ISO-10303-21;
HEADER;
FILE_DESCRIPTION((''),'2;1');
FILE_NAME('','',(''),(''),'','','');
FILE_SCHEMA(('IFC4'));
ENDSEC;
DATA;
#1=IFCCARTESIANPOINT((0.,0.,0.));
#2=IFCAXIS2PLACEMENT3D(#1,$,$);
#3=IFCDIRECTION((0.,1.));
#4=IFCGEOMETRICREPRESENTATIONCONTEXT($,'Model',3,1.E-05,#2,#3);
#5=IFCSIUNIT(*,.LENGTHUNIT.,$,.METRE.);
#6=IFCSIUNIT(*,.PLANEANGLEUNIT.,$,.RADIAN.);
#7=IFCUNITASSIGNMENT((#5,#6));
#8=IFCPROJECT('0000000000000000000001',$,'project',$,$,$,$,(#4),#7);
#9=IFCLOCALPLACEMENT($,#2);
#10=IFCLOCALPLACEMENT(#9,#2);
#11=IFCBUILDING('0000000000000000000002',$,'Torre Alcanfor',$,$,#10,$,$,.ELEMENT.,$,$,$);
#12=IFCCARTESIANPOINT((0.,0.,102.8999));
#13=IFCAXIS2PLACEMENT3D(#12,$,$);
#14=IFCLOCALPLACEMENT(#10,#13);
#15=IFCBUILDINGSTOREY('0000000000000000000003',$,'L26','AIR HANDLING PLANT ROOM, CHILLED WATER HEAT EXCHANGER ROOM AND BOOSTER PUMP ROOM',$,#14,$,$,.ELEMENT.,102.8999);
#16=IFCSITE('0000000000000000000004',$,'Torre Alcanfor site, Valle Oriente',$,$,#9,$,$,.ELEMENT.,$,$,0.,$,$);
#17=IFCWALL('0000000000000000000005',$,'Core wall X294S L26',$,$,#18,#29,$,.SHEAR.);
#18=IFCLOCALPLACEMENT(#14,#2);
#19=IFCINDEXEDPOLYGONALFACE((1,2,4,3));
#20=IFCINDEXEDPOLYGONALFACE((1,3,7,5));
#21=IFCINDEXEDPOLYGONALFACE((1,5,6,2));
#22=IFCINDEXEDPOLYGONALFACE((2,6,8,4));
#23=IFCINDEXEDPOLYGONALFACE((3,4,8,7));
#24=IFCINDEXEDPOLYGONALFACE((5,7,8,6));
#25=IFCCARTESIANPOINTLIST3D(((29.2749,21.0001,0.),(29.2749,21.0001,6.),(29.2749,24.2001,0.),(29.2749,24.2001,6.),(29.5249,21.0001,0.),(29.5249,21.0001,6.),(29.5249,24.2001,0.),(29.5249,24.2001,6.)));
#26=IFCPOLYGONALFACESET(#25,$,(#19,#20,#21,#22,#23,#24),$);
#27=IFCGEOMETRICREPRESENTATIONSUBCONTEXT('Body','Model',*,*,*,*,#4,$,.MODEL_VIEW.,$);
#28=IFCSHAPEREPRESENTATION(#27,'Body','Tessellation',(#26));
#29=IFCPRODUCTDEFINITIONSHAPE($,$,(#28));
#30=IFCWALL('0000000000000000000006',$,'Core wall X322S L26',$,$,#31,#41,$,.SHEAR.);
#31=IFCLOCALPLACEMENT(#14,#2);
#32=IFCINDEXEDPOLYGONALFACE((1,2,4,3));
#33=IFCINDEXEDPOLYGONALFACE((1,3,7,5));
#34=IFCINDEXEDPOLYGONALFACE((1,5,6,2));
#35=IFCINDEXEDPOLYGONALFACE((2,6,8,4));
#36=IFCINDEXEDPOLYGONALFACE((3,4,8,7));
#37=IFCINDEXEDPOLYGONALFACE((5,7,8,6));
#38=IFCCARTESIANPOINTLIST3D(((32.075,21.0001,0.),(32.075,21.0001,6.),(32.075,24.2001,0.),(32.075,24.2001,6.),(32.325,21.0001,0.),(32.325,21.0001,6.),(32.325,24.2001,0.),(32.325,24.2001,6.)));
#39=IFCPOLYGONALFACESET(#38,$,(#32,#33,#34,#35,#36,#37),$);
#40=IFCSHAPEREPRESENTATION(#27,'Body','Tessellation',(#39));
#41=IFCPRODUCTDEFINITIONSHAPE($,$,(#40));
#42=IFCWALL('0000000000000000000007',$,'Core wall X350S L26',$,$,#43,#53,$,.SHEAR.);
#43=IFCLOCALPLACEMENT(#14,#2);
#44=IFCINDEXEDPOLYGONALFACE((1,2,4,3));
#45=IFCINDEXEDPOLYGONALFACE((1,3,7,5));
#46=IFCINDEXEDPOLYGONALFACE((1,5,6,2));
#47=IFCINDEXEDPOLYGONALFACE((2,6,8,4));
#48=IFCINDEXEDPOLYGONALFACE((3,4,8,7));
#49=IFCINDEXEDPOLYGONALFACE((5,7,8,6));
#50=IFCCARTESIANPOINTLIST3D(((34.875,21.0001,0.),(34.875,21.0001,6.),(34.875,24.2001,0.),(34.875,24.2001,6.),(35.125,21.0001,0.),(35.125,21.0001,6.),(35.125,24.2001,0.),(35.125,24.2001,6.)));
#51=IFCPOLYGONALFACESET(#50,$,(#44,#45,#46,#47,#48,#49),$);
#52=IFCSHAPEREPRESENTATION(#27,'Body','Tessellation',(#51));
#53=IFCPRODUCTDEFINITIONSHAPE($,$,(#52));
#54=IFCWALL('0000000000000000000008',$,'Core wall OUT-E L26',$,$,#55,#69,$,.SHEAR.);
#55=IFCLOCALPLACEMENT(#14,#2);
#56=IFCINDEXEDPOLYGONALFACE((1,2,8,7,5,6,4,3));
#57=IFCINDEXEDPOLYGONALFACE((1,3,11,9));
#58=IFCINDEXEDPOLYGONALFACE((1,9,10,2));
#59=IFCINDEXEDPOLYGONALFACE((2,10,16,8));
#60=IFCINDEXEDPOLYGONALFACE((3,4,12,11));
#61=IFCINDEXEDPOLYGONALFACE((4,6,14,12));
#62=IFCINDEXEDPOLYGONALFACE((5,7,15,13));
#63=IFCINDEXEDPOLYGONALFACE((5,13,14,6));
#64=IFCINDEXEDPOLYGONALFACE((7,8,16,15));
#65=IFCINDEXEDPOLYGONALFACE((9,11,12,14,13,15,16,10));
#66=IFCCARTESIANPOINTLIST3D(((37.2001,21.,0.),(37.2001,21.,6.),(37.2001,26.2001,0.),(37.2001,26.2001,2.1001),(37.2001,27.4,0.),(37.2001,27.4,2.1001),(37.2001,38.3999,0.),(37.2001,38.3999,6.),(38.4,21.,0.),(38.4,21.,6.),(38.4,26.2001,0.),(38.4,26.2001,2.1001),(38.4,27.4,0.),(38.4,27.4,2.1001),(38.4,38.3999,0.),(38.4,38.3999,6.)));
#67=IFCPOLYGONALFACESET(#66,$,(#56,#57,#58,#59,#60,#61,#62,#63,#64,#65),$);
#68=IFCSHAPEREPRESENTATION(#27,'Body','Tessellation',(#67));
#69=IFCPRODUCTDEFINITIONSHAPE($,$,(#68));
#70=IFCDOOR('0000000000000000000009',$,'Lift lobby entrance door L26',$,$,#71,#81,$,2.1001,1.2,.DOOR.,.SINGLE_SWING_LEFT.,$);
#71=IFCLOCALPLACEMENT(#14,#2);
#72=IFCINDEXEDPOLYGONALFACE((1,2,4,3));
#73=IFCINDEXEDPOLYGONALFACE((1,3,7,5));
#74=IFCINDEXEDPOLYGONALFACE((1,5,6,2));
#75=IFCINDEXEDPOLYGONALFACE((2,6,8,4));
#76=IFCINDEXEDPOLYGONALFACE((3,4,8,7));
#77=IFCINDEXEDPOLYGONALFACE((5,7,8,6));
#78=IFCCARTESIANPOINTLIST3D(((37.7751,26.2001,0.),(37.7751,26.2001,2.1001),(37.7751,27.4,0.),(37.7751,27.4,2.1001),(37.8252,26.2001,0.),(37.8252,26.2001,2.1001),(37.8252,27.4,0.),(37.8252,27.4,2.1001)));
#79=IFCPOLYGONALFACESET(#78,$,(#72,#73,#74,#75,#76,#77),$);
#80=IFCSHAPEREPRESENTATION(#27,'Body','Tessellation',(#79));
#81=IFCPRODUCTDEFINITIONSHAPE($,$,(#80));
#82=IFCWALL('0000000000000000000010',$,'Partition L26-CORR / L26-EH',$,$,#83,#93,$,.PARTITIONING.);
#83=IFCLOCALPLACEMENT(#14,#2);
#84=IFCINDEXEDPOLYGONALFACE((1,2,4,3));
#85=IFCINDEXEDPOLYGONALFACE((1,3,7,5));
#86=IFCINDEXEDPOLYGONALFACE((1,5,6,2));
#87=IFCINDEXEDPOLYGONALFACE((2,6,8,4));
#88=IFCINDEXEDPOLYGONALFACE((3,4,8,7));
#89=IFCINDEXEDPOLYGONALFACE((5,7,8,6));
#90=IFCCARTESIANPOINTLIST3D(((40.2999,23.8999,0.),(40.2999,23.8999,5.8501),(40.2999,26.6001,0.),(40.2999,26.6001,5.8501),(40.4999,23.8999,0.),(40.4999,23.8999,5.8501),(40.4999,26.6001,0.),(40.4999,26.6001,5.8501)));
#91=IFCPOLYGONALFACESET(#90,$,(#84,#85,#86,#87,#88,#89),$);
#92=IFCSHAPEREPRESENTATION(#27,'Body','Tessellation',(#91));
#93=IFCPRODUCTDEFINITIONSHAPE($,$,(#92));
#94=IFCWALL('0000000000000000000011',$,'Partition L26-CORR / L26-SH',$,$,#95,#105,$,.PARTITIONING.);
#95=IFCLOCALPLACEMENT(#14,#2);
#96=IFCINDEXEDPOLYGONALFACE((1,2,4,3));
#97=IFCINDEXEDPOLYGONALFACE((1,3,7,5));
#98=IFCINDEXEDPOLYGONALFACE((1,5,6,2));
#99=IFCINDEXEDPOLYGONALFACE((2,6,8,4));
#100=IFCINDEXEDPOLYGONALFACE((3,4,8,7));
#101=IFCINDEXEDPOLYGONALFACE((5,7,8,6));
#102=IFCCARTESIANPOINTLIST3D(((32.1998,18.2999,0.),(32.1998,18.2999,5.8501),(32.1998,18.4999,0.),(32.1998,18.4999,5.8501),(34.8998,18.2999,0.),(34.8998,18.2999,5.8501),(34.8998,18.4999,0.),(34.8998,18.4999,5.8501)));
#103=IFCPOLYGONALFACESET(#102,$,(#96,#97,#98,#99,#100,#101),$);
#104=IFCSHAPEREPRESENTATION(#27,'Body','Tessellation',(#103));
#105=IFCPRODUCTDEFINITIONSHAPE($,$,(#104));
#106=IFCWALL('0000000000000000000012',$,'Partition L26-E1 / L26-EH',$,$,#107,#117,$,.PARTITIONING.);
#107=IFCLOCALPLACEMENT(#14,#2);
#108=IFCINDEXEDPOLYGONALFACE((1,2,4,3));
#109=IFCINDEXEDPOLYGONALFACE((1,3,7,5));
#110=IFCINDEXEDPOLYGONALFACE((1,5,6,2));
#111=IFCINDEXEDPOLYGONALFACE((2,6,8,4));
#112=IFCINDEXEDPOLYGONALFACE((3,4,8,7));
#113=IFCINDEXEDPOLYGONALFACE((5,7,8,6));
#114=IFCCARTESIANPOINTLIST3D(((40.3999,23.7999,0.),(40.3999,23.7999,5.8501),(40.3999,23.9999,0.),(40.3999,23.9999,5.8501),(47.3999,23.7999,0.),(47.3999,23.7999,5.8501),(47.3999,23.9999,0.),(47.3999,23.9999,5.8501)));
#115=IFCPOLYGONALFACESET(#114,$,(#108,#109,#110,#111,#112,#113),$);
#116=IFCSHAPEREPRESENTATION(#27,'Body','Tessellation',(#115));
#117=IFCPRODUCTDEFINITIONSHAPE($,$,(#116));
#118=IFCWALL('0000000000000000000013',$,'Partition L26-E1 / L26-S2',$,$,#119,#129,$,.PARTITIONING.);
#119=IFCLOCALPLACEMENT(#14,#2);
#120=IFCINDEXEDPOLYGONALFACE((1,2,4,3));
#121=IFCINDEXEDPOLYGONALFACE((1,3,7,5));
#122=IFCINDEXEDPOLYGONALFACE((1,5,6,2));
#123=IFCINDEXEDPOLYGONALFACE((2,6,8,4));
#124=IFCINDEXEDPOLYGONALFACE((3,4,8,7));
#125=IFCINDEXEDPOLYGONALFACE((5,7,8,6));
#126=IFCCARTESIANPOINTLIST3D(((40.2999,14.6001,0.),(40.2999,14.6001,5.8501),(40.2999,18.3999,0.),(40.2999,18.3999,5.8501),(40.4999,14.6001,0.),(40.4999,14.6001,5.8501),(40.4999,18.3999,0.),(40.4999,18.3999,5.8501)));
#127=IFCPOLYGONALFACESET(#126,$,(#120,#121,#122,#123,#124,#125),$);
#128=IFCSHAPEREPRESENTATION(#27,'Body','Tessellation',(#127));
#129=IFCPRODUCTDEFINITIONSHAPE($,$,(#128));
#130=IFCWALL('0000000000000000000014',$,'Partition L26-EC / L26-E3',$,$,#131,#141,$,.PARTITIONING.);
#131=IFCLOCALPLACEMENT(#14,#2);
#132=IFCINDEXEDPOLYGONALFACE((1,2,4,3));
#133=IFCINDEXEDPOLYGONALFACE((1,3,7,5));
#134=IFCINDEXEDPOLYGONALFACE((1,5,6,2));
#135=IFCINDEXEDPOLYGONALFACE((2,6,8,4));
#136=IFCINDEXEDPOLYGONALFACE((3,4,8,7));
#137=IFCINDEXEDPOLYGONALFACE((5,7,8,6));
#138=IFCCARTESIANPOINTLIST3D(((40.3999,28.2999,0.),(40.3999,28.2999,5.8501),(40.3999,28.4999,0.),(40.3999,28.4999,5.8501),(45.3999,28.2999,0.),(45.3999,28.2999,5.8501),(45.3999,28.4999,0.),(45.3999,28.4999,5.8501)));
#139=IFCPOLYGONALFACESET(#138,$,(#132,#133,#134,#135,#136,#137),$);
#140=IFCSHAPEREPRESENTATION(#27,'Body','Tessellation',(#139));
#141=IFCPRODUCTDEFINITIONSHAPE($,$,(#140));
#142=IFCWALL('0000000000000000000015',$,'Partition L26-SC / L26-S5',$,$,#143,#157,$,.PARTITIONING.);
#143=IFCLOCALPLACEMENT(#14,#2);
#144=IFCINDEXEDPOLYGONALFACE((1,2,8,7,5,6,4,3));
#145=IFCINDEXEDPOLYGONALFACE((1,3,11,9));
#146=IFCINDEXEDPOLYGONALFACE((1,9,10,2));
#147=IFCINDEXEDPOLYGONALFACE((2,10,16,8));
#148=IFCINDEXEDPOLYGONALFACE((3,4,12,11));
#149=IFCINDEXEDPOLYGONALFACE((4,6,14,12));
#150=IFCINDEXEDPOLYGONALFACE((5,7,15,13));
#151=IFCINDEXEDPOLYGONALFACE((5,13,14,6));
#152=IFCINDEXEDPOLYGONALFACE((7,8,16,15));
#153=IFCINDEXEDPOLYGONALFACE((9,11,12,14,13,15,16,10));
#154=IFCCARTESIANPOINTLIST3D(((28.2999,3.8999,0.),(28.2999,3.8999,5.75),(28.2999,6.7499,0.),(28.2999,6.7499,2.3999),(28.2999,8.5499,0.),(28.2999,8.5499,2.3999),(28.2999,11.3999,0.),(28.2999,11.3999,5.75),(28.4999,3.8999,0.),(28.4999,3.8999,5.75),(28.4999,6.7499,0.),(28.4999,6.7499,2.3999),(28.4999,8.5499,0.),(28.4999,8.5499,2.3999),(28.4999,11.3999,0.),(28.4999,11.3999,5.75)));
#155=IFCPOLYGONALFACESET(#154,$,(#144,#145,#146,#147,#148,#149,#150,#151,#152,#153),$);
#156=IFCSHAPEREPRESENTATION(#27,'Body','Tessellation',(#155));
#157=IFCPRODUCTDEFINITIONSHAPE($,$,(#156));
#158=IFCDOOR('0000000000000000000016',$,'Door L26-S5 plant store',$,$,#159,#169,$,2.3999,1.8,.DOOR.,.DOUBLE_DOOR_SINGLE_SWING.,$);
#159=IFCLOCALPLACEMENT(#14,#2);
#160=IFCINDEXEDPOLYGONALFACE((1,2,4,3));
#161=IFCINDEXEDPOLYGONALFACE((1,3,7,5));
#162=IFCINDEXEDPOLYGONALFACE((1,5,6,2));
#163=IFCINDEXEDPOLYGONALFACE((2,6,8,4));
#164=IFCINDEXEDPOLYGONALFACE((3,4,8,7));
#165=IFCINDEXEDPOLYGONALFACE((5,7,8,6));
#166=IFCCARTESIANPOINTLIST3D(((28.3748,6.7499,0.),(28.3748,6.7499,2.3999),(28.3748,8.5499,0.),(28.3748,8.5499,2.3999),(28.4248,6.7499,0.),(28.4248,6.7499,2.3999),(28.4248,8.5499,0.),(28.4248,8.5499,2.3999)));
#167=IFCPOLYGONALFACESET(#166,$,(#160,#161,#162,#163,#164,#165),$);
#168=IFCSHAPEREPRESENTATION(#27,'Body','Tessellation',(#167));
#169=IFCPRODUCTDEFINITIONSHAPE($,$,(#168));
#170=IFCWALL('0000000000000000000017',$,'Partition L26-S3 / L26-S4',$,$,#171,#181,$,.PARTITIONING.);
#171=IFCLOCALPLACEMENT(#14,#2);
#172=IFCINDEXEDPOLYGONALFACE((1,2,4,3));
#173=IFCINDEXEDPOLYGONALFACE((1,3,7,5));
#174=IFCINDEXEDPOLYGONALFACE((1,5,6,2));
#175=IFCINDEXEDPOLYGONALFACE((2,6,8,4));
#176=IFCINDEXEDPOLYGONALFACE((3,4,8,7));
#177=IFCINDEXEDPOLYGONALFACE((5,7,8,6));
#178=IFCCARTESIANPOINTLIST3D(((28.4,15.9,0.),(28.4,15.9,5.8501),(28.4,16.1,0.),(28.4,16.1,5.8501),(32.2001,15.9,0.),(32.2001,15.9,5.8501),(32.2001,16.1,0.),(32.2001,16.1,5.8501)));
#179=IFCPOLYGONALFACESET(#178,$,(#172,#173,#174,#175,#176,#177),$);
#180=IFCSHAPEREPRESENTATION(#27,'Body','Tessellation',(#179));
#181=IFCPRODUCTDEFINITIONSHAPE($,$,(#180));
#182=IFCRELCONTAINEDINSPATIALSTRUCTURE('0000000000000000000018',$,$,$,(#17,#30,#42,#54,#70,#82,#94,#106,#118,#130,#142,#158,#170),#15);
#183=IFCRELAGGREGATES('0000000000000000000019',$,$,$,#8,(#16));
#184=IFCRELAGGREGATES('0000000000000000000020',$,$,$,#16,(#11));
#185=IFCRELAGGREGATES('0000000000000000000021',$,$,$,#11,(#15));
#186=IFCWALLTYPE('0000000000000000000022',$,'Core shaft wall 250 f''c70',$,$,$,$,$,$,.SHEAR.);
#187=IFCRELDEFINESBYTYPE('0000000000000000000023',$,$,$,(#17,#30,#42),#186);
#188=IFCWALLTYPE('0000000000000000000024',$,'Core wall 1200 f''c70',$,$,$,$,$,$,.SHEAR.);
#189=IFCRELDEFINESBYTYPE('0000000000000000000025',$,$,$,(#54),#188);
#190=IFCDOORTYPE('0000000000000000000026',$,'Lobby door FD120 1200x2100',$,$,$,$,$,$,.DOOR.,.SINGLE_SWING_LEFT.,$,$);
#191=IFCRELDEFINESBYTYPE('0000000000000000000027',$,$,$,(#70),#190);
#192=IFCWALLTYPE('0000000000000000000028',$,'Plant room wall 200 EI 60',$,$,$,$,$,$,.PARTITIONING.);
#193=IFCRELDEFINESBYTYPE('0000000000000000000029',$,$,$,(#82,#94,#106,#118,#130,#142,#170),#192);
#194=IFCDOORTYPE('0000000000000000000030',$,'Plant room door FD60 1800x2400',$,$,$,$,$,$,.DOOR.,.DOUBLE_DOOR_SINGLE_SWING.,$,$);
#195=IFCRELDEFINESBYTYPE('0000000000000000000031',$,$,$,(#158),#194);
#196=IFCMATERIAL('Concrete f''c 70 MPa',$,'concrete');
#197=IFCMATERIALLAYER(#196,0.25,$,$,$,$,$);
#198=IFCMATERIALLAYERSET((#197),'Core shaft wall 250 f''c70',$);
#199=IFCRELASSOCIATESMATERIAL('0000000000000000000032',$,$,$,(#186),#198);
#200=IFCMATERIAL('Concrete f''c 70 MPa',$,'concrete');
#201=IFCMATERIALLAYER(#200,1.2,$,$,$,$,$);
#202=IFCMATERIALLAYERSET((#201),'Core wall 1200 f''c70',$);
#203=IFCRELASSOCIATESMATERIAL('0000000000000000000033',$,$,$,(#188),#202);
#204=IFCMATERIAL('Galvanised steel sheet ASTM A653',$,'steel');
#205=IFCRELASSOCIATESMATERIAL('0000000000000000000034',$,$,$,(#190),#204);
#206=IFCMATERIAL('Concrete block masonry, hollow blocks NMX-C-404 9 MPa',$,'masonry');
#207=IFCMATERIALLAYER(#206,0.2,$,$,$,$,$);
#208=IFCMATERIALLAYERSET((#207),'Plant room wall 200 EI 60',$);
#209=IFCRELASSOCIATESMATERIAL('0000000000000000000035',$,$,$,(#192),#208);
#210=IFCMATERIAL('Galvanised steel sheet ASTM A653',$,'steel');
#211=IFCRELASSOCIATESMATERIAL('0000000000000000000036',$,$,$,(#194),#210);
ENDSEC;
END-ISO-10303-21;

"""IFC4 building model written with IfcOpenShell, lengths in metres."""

from ifc_helpers import new_model, si_unit, direction, frame, frame_2d, origin, place, context, subcontext, project, spatial, rectangle, extrude, material, layer, layer_set, type_object, element, fill, save


model = new_model("IFC4")

# Units and contexts
model_context = context("Model", 3, precision=1e-05, world=origin(), true_north=direction((0.0, 1.0)))
body_context = subcontext(model_context, "Body", "Model", "MODEL_VIEW")
ifc_project = project(units=[si_unit("LENGTHUNIT", "METRE"), si_unit("PLANEANGLEUNIT", "RADIAN")], contexts=[model_context])

# Site, building, storey
site_placement = place(None, origin())
site = spatial("IfcSite", under=ifc_project, at=site_placement, Name="Torre Alcanfor site, Valle Oriente", CompositionType="ELEMENT", RefElevation=0.0)
building_placement = place(site_placement, origin())
building = spatial("IfcBuilding", under=site, at=building_placement, Name="Torre Alcanfor", CompositionType="ELEMENT")
storey_placement = place(building_placement, frame((0.0, 0.0, 102.8999)))
storey = spatial("IfcBuildingStorey", under=building, at=storey_placement, Name="L26", Description="AIR HANDLING PLANT ROOM, CHILLED WATER HEAT EXCHANGER ROOM AND BOOSTER PUMP ROOM", CompositionType="ELEMENT", Elevation=102.8999)

# Walls
ifc_material_1 = material(Name="Concrete f'c 70 MPa", Category="concrete")
ifc_layer_1 = layer(ifc_material_1, 0.25)
ifc_layer_set_1 = layer_set([ifc_layer_1], Name="Core shaft wall 250 f'c70")
wall_type_1 = type_object("IfcWallType", Name="Core shaft wall 250 f'c70", PredefinedType="SHEAR", material=ifc_layer_set_1)
for number, where, z_axis, x_axis, name in (
    (1, (29.3999, 21.0, 0.0), (0.0, 0.0, 1.0), (0.0, 1.0, 0.0), "Core wall X294S L26"),
    (2, (32.2, 21.0, 0.0), (0.0, 0.0, 1.0), (0.0, 1.0, 0.0), "Core wall X322S L26"),
    (3, (35.0, 21.0, 0.0), (0.0, 0.0, 1.0), (0.0, 1.0, 0.0), "Core wall X350S L26"),
):
    element("IfcWall", number, at=place(storey_placement, frame(where, z_axis=z_axis, x_axis=x_axis)), inside=storey, type_object=wall_type_1, Name=name, PredefinedType="SHEAR", context=body_context, shape_type="SweptSolid", body=[
        extrude(rectangle(XDim=3.2, YDim=0.25, at=frame_2d((1.6001, 0.0))), origin(), (0.0, 0.0, 1.0), 6.0),
    ])

# Wall, opening, door
ifc_material_2 = material(Name="Concrete f'c 70 MPa", Category="concrete")
ifc_layer_2 = layer(ifc_material_2, 1.2)
ifc_layer_set_2 = layer_set([ifc_layer_2], Name="Core wall 1200 f'c70")
wall_type_2 = type_object("IfcWallType", Name="Core wall 1200 f'c70", PredefinedType="SHEAR", material=ifc_layer_set_2)
wall_1_placement = place(storey_placement, frame((37.8, 21.0, 0.0), z_axis=(0.0, 0.0, 1.0), x_axis=(0.0, 1.0, 0.0)))
wall_1 = element("IfcWall", 4, at=wall_1_placement, inside=storey, type_object=wall_type_2, Name="Core wall OUT-E L26", PredefinedType="SHEAR", context=body_context, shape_type="SweptSolid", body=[
    extrude(rectangle(XDim=17.3999, YDim=1.2, at=frame_2d((8.7, 0.0))), origin(), (0.0, 0.0, 1.0), 6.0),
])
opening_1_placement = place(wall_1_placement, frame((5.2, 0.0, 0.0)))
opening_1 = element("IfcOpeningElement", 5, at=opening_1_placement, cuts=wall_1, PredefinedType="OPENING", context=body_context, shape_type="SweptSolid", body=[
    extrude(rectangle(XDim=1.2, YDim=2.1001, at=frame_2d((0.6001, 1.05))), frame((0.0, 0.6099, 0.0), z_axis=(0.0, -1.0, 0.0), x_axis=(1.0, 0.0, 0.0)), (0.0, 0.0, 1.0), 1.22),
])
ifc_material_3 = material(Name="Galvanised steel sheet ASTM A653", Category="steel")
door_type_1 = type_object("IfcDoorType", Name="Lobby door FD120 1200x2100", OperationType="SINGLE_SWING_LEFT", PredefinedType="DOOR", material=ifc_material_3)
door_1_placement = place(opening_1_placement, origin())
door_1 = element("IfcDoor", 6, at=door_1_placement, inside=storey, type_object=door_type_1, Name="Lift lobby entrance door L26", OperationType="SINGLE_SWING_LEFT", OverallHeight=2.1001, OverallWidth=1.2, PredefinedType="DOOR", context=body_context, shape_type="SweptSolid", body=[
    extrude(rectangle(XDim=1.2, YDim=2.1001, at=frame_2d((0.6001, 1.05))), frame((0.0, 0.0249, 0.0), z_axis=(0.0, -1.0, 0.0), x_axis=(1.0, 0.0, 0.0)), (0.0, 0.0, 1.0), 0.05),
])
fill(opening_1, door_1)
ifc_material_4 = material(Name="Concrete block masonry, hollow blocks NMX-C-404 9 MPa", Category="masonry")
ifc_layer_3 = layer(ifc_material_4, 0.2)
ifc_layer_set_3 = layer_set([ifc_layer_3], Name="Plant room wall 200 EI 60")
wall_type_3 = type_object("IfcWallType", Name="Plant room wall 200 EI 60", PredefinedType="PARTITIONING", material=ifc_layer_set_3)
ifc_material_5 = material(Name="Galvanised steel sheet ASTM A653", Category="steel")
door_type_2 = type_object("IfcDoorType", Name="Plant room door FD60 1800x2400", OperationType="DOUBLE_DOOR_SINGLE_SWING", PredefinedType="DOOR", material=ifc_material_5)

# Wall
wall_2_placement = place(storey_placement, frame((40.3999, 26.6001, 0.0), z_axis=(0.0, 0.0, 1.0), x_axis=(0.0, -1.0, 0.0)))
element("IfcWall", 7, at=wall_2_placement, inside=storey, type_object=wall_type_3, Name="Partition L26-CORR / L26-EH", PredefinedType="PARTITIONING", context=body_context, shape_type="SweptSolid", body=[
    extrude(rectangle(XDim=2.7002, YDim=0.2, at=frame_2d((1.3501, 0.0))), origin(), (0.0, 0.0, 1.0), 5.8501),
])

# Walls
wall_3_placement = place(storey_placement, frame((34.8999, 18.3999, 0.0), z_axis=(0.0, 0.0, 1.0), x_axis=(-1.0, 0.0, 0.0)))
element("IfcWall", 8, at=wall_3_placement, inside=storey, type_object=wall_type_3, Name="Partition L26-CORR / L26-SH", PredefinedType="PARTITIONING", context=body_context, shape_type="SweptSolid", body=[
    extrude(rectangle(XDim=2.7, YDim=0.2, at=frame_2d((1.3501, 0.0))), origin(), (0.0, 0.0, 1.0), 5.8501),
])
wall_4_placement = place(storey_placement, frame((40.3999, 23.8999, 0.0), z_axis=(0.0, 0.0, 1.0), x_axis=(1.0, 0.0, 0.0)))
element("IfcWall", 9, at=wall_4_placement, inside=storey, type_object=wall_type_3, Name="Partition L26-E1 / L26-EH", PredefinedType="PARTITIONING", context=body_context, shape_type="SweptSolid", body=[
    extrude(rectangle(XDim=7.0, YDim=0.2, at=frame_2d((3.5, 0.0))), origin(), (0.0, 0.0, 1.0), 5.8501),
])
wall_5_placement = place(storey_placement, frame((40.3999, 14.6001, 0.0), z_axis=(0.0, 0.0, 1.0), x_axis=(0.0, 1.0, 0.0)))
element("IfcWall", 10, at=wall_5_placement, inside=storey, type_object=wall_type_3, Name="Partition L26-E1 / L26-S2", PredefinedType="PARTITIONING", context=body_context, shape_type="SweptSolid", body=[
    extrude(rectangle(XDim=3.7998, YDim=0.2, at=frame_2d((1.8999, 0.0))), origin(), (0.0, 0.0, 1.0), 5.8501),
])
wall_6_placement = place(storey_placement, frame((40.3999, 28.3999, 0.0), z_axis=(0.0, 0.0, 1.0), x_axis=(1.0, 0.0, 0.0)))
element("IfcWall", 11, at=wall_6_placement, inside=storey, type_object=wall_type_3, Name="Partition L26-EC / L26-E3", PredefinedType="PARTITIONING", context=body_context, shape_type="SweptSolid", body=[
    extrude(rectangle(XDim=5.0, YDim=0.2, at=frame_2d((2.5, 0.0))), origin(), (0.0, 0.0, 1.0), 5.8501),
])

# Wall, opening, door
wall_7_placement = place(storey_placement, frame((28.3999, 11.3999, 0.0), z_axis=(0.0, 0.0, 1.0), x_axis=(0.0, -1.0, 0.0)))
wall_7 = element("IfcWall", 12, at=wall_7_placement, inside=storey, type_object=wall_type_3, Name="Partition L26-SC / L26-S5", PredefinedType="PARTITIONING", context=body_context, shape_type="SweptSolid", body=[
    extrude(rectangle(XDim=7.5, YDim=0.2, at=frame_2d((3.75, 0.0))), origin(), (0.0, 0.0, 1.0), 5.75),
])
opening_2_placement = place(wall_7_placement, frame((2.8501, 0.0, 0.0)))
opening_2 = element("IfcOpeningElement", 13, at=opening_2_placement, cuts=wall_7, PredefinedType="OPENING", context=body_context, shape_type="SweptSolid", body=[
    extrude(rectangle(XDim=1.8, YDim=2.3999, at=frame_2d((0.8999, 1.2))), frame((0.0, 0.1099, 0.0), z_axis=(0.0, -1.0, 0.0), x_axis=(1.0, 0.0, 0.0)), (0.0, 0.0, 1.0), 0.22),
])
door_2_placement = place(opening_2_placement, origin())
door_2 = element("IfcDoor", 14, at=door_2_placement, inside=storey, type_object=door_type_2, Name="Door L26-S5 plant store", OperationType="DOUBLE_DOOR_SINGLE_SWING", OverallHeight=2.3999, OverallWidth=1.8, PredefinedType="DOOR", context=body_context, shape_type="SweptSolid", body=[
    extrude(rectangle(XDim=1.8, YDim=2.3999, at=frame_2d((0.8999, 1.2))), frame((0.0, 0.0249, 0.0), z_axis=(0.0, -1.0, 0.0), x_axis=(1.0, 0.0, 0.0)), (0.0, 0.0, 1.0), 0.05),
])
fill(opening_2, door_2)

# Wall
wall_8_placement = place(storey_placement, frame((32.2, 16.0, 0.0), z_axis=(0.0, 0.0, 1.0), x_axis=(-1.0, 0.0, 0.0)))
element("IfcWall", 15, at=wall_8_placement, inside=storey, type_object=wall_type_3, Name="Partition L26-S3 / L26-S4", PredefinedType="PARTITIONING", context=body_context, shape_type="SweptSolid", body=[
    extrude(rectangle(XDim=3.8, YDim=0.2, at=frame_2d((1.8999, 0.0))), origin(), (0.0, 0.0, 1.0), 5.8501),
])

save(model, "model.ifc")
